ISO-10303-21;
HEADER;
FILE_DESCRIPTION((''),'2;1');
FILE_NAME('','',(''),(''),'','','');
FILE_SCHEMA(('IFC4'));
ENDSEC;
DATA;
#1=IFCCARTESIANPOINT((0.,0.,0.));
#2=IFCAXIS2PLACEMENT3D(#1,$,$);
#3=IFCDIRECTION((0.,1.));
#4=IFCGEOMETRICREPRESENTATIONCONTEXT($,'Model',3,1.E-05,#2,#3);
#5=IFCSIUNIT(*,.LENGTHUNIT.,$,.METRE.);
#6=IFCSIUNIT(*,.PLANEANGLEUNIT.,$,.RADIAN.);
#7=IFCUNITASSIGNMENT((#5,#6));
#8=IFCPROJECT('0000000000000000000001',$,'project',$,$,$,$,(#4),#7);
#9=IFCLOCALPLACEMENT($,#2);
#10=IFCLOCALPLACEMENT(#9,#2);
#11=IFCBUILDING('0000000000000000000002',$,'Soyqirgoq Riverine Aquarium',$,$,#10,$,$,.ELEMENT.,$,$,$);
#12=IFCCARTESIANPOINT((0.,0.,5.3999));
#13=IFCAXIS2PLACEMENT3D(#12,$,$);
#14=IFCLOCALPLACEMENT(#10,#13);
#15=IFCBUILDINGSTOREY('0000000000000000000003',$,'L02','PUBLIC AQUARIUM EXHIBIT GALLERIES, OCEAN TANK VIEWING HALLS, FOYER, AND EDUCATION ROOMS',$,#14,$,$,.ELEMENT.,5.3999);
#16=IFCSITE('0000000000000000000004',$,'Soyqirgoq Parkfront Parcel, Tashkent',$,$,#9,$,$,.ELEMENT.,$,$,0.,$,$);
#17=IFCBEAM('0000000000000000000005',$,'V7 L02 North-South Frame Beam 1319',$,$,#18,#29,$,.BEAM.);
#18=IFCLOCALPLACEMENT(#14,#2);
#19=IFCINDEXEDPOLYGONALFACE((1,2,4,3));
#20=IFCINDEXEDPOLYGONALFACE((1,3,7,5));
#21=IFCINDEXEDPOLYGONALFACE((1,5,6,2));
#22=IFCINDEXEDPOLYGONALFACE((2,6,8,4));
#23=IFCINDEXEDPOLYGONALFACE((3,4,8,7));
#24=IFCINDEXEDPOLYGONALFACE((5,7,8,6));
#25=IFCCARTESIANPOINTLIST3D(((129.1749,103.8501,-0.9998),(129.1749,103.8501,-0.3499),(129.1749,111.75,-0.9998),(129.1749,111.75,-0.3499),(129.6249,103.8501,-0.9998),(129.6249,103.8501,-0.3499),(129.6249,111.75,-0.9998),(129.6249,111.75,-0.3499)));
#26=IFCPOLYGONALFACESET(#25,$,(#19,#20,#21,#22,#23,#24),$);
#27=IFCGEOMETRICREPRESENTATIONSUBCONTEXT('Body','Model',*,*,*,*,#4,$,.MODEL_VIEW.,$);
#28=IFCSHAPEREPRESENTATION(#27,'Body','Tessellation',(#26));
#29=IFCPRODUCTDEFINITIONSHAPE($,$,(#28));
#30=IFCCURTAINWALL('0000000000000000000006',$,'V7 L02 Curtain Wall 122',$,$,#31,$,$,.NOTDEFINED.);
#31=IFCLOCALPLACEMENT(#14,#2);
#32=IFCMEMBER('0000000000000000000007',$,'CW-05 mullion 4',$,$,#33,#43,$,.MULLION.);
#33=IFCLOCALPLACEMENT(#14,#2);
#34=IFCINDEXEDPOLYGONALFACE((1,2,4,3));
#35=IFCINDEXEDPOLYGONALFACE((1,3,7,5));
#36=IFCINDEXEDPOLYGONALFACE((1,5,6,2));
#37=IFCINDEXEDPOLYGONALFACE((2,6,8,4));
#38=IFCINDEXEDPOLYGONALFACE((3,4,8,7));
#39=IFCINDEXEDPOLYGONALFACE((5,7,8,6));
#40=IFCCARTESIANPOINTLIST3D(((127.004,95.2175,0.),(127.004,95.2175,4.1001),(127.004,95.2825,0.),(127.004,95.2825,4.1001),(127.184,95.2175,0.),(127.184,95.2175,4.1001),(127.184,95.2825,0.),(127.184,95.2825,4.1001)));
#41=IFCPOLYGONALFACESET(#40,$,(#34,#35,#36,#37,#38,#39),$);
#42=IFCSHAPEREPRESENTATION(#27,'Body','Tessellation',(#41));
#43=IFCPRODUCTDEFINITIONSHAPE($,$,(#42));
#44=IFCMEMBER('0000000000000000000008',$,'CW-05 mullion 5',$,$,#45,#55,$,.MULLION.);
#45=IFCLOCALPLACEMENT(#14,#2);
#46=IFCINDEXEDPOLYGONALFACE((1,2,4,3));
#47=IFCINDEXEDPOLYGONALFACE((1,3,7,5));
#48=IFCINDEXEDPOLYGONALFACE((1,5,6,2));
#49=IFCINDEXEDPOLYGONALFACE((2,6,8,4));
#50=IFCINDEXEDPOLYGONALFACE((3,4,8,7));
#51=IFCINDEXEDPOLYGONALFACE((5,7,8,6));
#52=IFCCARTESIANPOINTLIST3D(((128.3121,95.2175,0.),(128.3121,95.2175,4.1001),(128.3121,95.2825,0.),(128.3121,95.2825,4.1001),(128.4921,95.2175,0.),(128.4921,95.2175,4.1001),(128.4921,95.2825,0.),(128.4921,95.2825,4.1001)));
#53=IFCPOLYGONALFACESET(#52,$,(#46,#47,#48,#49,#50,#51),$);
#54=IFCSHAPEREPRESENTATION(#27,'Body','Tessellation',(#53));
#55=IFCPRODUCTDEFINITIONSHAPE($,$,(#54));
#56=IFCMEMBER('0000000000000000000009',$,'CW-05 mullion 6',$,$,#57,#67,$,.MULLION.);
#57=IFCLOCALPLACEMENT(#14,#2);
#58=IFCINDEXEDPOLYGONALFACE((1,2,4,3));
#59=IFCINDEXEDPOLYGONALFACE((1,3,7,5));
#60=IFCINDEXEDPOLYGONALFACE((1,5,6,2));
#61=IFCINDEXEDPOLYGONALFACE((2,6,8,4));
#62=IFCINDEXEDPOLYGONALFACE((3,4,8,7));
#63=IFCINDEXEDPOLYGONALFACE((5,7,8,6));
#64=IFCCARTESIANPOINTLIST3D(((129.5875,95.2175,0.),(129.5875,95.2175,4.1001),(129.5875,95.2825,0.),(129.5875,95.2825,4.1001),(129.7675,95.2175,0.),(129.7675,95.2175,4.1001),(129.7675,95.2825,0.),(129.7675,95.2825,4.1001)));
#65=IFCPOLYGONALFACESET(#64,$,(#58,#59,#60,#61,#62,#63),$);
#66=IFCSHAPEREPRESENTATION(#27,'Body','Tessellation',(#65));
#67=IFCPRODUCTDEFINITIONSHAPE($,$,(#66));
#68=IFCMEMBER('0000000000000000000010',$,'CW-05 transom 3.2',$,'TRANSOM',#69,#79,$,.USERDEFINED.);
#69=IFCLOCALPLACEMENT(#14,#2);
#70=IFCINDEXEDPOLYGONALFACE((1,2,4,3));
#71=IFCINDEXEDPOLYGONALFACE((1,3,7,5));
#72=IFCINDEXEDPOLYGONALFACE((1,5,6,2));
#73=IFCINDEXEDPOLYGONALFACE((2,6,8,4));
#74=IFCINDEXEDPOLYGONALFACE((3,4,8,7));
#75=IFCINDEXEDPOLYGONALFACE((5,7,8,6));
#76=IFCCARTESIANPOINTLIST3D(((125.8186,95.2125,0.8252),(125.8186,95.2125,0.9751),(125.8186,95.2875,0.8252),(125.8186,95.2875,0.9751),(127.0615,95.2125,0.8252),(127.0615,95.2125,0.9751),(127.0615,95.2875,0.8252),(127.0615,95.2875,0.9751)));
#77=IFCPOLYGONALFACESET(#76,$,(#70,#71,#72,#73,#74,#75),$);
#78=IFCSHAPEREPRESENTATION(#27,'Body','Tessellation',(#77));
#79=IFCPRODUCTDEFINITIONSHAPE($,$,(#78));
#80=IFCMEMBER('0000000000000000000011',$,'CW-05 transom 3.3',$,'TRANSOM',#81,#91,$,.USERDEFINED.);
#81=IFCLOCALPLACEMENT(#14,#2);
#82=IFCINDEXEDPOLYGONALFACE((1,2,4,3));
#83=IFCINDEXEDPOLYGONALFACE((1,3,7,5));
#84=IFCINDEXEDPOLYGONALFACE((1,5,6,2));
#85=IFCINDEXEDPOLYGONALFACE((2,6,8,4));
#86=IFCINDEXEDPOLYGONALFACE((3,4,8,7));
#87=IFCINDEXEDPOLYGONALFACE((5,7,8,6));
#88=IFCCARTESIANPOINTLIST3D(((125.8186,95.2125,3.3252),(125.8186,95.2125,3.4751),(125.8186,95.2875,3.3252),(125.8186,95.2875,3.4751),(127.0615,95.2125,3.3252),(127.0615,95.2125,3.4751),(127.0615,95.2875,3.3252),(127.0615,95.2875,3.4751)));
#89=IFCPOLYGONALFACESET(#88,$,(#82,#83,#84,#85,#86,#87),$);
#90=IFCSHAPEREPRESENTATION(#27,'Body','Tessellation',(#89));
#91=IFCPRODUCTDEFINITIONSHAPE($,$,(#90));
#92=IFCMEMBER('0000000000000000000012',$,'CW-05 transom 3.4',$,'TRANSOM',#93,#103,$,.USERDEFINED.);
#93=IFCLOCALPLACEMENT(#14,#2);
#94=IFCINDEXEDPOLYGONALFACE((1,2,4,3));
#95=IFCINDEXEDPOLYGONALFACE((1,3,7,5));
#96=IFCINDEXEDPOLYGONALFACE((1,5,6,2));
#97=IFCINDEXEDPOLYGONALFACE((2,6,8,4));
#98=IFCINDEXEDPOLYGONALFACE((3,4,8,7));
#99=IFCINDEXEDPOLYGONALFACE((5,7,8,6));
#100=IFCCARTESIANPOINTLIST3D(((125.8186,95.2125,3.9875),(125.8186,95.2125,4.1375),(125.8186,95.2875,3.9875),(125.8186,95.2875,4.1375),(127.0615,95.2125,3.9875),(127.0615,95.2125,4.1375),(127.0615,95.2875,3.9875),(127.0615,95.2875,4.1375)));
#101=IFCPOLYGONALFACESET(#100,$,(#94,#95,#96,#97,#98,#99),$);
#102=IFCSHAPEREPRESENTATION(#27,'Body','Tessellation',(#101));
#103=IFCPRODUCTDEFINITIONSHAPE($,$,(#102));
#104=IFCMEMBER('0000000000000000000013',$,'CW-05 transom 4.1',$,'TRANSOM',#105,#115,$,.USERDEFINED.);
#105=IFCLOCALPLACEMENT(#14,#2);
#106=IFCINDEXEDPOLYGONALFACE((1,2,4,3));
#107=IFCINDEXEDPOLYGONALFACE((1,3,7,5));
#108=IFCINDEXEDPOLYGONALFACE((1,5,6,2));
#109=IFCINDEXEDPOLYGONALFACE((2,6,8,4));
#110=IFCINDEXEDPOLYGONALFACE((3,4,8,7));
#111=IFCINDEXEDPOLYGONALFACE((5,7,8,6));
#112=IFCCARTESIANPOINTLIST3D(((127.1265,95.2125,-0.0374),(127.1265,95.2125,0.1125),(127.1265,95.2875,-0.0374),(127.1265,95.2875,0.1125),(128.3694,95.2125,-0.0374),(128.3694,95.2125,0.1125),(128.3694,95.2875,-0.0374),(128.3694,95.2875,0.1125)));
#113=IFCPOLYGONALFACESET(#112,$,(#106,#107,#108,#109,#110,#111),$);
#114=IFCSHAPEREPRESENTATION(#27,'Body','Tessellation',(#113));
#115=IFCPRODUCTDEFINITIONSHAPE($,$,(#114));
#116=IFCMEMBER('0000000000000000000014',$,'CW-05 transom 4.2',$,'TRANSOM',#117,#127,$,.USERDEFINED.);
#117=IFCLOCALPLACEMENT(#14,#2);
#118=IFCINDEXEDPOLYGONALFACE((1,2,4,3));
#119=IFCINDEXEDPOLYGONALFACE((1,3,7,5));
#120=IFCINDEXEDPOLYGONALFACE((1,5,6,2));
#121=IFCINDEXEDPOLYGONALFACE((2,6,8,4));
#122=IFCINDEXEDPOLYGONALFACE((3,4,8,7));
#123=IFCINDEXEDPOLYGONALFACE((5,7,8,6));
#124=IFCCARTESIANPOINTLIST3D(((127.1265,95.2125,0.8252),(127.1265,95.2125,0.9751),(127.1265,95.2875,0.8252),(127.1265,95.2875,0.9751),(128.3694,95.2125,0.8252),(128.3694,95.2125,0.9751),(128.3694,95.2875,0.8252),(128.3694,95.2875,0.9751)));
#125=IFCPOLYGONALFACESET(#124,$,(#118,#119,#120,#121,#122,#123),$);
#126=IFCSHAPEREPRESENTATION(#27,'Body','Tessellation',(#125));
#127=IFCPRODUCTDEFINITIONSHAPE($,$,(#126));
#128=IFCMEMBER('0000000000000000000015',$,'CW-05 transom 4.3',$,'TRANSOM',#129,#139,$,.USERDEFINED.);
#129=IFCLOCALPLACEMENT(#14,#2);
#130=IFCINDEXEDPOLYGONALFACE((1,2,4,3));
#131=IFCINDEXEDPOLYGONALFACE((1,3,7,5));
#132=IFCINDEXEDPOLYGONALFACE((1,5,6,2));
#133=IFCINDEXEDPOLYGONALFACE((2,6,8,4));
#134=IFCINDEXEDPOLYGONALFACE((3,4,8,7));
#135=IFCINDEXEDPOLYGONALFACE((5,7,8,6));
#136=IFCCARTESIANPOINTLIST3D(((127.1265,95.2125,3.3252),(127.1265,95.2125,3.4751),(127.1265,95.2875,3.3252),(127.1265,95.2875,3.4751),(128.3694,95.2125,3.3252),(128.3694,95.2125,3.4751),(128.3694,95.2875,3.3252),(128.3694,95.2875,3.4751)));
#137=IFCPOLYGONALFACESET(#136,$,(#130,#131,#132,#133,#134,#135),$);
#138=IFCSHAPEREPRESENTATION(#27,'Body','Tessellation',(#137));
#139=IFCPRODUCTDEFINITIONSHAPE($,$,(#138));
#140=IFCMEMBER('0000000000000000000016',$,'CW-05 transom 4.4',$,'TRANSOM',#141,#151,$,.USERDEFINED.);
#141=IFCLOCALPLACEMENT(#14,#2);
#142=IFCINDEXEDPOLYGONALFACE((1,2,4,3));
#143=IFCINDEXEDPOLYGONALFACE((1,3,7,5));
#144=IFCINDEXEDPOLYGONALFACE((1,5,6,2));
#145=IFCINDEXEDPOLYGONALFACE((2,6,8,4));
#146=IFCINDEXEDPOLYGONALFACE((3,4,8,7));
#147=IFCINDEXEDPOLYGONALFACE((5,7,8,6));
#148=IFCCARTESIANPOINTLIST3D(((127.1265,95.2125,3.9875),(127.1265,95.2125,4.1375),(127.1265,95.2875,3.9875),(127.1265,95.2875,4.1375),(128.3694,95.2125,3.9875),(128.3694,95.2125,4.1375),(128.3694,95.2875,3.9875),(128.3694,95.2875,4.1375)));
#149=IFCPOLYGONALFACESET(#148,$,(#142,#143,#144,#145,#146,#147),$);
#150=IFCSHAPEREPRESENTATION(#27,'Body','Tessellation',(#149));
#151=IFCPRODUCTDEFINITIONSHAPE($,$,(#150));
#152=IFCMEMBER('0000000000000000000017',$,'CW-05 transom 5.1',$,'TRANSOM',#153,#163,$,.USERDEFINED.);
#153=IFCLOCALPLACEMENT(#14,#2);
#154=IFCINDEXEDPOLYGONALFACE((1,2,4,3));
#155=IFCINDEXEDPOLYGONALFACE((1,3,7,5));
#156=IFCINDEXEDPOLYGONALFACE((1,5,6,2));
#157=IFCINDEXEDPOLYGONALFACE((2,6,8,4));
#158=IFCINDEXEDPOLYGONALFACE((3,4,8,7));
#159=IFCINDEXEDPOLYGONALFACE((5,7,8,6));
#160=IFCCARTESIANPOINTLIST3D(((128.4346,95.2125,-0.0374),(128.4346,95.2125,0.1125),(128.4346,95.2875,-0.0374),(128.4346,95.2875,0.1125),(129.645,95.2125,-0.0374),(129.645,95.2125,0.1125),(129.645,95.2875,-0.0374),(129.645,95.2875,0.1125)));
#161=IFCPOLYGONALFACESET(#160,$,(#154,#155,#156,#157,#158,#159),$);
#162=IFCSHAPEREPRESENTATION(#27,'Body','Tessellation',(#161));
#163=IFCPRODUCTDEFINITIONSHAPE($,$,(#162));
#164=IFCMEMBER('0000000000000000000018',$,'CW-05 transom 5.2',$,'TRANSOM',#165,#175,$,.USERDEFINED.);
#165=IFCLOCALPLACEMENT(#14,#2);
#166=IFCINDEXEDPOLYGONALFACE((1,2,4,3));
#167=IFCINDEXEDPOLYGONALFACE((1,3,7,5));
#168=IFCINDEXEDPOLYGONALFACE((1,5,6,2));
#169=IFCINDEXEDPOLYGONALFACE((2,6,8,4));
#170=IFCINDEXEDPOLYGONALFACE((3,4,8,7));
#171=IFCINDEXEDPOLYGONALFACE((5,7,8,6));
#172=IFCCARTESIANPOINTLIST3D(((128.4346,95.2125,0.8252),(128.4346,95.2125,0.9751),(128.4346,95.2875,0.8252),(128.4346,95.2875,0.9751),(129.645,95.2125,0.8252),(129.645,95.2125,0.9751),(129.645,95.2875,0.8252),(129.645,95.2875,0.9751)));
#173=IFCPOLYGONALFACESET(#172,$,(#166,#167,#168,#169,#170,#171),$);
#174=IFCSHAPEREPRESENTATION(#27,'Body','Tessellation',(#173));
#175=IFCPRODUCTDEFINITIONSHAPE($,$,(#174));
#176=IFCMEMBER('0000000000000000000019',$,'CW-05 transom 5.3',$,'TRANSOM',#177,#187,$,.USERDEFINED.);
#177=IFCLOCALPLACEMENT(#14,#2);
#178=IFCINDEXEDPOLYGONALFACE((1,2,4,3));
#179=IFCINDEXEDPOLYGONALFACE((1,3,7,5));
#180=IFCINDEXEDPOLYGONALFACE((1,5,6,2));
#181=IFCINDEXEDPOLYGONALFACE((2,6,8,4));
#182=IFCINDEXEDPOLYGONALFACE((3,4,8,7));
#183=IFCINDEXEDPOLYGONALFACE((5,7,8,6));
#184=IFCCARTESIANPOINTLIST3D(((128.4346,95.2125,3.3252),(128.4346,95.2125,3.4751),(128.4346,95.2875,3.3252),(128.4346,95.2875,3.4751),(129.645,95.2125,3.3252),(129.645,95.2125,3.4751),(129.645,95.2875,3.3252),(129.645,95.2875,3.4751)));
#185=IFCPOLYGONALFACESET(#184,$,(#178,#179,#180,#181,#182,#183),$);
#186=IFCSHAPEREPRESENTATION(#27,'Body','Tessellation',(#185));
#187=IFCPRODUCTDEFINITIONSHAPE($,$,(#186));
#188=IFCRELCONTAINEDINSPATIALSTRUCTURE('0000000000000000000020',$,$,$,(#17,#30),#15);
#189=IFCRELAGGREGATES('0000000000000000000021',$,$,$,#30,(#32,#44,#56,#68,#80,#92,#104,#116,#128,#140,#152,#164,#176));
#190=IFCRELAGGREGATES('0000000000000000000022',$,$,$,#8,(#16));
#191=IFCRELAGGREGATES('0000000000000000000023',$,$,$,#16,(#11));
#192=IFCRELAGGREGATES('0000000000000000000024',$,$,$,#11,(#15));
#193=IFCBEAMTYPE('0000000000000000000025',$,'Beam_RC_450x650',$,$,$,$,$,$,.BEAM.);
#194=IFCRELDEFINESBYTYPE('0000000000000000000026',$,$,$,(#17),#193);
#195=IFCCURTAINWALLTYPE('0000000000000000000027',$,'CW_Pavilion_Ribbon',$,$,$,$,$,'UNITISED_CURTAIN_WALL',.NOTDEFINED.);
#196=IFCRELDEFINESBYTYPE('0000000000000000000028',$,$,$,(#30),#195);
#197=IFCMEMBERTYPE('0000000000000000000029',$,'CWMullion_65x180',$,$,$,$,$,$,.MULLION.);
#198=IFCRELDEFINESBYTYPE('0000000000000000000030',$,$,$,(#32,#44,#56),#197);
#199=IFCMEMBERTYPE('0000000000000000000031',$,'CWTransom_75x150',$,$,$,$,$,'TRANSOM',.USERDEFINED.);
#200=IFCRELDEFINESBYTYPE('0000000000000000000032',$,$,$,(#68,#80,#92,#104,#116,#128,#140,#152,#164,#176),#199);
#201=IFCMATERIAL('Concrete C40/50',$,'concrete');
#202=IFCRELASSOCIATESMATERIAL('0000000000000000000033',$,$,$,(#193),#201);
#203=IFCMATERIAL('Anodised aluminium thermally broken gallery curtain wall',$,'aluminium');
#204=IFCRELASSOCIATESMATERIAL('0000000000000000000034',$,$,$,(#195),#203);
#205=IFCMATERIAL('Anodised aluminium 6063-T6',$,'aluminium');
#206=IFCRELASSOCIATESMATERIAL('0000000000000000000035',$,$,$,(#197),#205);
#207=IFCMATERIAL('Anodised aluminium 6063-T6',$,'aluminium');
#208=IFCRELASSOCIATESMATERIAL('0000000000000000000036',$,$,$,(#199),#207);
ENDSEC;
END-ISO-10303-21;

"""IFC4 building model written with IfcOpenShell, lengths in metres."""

from ifc_helpers import new_model, si_unit, direction, frame, origin, origin_2d, place, context, subcontext, project, spatial, rectangle, extrude, material, material_profile, profile_set, type_object, element, aggregate, save


model = new_model("IFC4")

# Units and contexts
model_context = context("Model", 3, precision=1e-05, world=origin(), true_north=direction((0.0, 1.0)))
body_context = subcontext(model_context, "Body", "Model", "MODEL_VIEW")
ifc_project = project(units=[si_unit("LENGTHUNIT", "METRE"), si_unit("PLANEANGLEUNIT", "RADIAN")], contexts=[model_context])

# Site, building, storey
site_placement = place(None, origin())
site = spatial("IfcSite", under=ifc_project, at=site_placement, Name="Soyqirgoq Parkfront Parcel, Tashkent", CompositionType="ELEMENT", RefElevation=0.0)
building_placement = place(site_placement, origin())
building = spatial("IfcBuilding", under=site, at=building_placement, Name="Soyqirgoq Riverine Aquarium", CompositionType="ELEMENT")
storey_placement = place(building_placement, frame((0.0, 0.0, 5.3999)))
storey = spatial("IfcBuildingStorey", under=building, at=storey_placement, Name="L02", Description="PUBLIC AQUARIUM EXHIBIT GALLERIES, OCEAN TANK VIEWING HALLS, FOYER, AND EDUCATION ROOMS", CompositionType="ELEMENT", Elevation=5.3999)

# Beam
ifc_material_1 = material(Name="Concrete C40/50", Category="concrete")
ifc_material_profile_1 = material_profile(ifc_material_1, rectangle(XDim=0.45, YDim=0.6499, at=origin_2d()), Name="RC 450x650")
ifc_profile_set_1 = profile_set([ifc_material_profile_1], Name="Concrete C40/50")
beam_type = type_object("IfcBeamType", Name="Beam_RC_450x650", PredefinedType="BEAM", material=ifc_profile_set_1)
beam_placement = place(storey_placement, frame((129.3999, 103.8501, -0.6748), z_axis=(0.0, 1.0, 0.0), x_axis=(-1.0, 0.0, 0.0)))
element("IfcBeam", 1, at=beam_placement, inside=storey, type_object=beam_type, Name="V7 L02 North-South Frame Beam 1319", PredefinedType="BEAM", context=body_context, shape_type="SweptSolid", body=[
    extrude(rectangle(XDim=0.45, YDim=0.6499, at=origin_2d()), origin(), (0.0, 0.0, 1.0), 7.8999),
])

# Curtain wall, members
ifc_material_2 = material(Name="Anodised aluminium thermally broken gallery curtain wall", Category="aluminium")
curtain_wall_type = type_object("IfcCurtainWallType", Name="CW_Pavilion_Ribbon", ElementType="UNITISED_CURTAIN_WALL", PredefinedType="NOTDEFINED", material=ifc_material_2)
curtain_wall_placement = place(storey_placement, origin())
curtain_wall = element("IfcCurtainWall", 2, at=curtain_wall_placement, inside=storey, type_object=curtain_wall_type, Name="V7 L02 Curtain Wall 122", PredefinedType="NOTDEFINED")
ifc_material_3 = material(Name="Anodised aluminium 6063-T6", Category="aluminium")
ifc_material_profile_2 = material_profile(ifc_material_3, rectangle(XDim=0.0649, YDim=0.1799, at=origin_2d()), Name="ALU-M 65x180")
ifc_profile_set_2 = profile_set([ifc_material_profile_2], Name="Anodised aluminium 6063-T6")
member_type_1 = type_object("IfcMemberType", Name="CWMullion_65x180", PredefinedType="MULLION", material=ifc_profile_set_2)
member_1_placement = place(storey_placement, frame((127.094, 95.25, 0.0), z_axis=(0.0, 0.0, 1.0), x_axis=(0.0, 1.0, 0.0)))
member_1 = element("IfcMember", 3, at=member_1_placement, type_object=member_type_1, Name="CW-05 mullion 4", PredefinedType="MULLION", context=body_context, shape_type="SweptSolid", body=[
    extrude(rectangle(XDim=0.0649, YDim=0.1799, at=origin_2d()), origin(), (0.0, 0.0, 1.0), 4.1001),
])
member_2_placement = place(storey_placement, frame((128.4021, 95.25, 0.0), z_axis=(0.0, 0.0, 1.0), x_axis=(0.0, 1.0, 0.0)))
member_2 = element("IfcMember", 4, at=member_2_placement, type_object=member_type_1, Name="CW-05 mullion 5", PredefinedType="MULLION", context=body_context, shape_type="SweptSolid", body=[
    extrude(rectangle(XDim=0.0649, YDim=0.1799, at=origin_2d()), origin(), (0.0, 0.0, 1.0), 4.1001),
])
member_3_placement = place(storey_placement, frame((129.6775, 95.25, 0.0), z_axis=(0.0, 0.0, 1.0), x_axis=(0.0, 1.0, 0.0)))
member_3 = element("IfcMember", 5, at=member_3_placement, type_object=member_type_1, Name="CW-05 mullion 6", PredefinedType="MULLION", context=body_context, shape_type="SweptSolid", body=[
    extrude(rectangle(XDim=0.0649, YDim=0.1799, at=origin_2d()), origin(), (0.0, 0.0, 1.0), 4.1001),
])
ifc_material_4 = material(Name="Anodised aluminium 6063-T6", Category="aluminium")
ifc_material_profile_3 = material_profile(ifc_material_4, rectangle(XDim=0.075, YDim=0.1499, at=origin_2d()), Name="ALU-T 75x150")
ifc_profile_set_3 = profile_set([ifc_material_profile_3], Name="Anodised aluminium 6063-T6")
member_type_2 = type_object("IfcMemberType", Name="CWTransom_75x150", ElementType="TRANSOM", PredefinedType="USERDEFINED", material=ifc_profile_set_3)
member_4_placement = place(storey_placement, frame((125.8186, 95.25, 0.9001), z_axis=(1.0, 0.0, 0.0), x_axis=(0.0, 1.0, 0.0)))
member_4 = element("IfcMember", 6, at=member_4_placement, type_object=member_type_2, Name="CW-05 transom 3.2", ObjectType="TRANSOM", PredefinedType="USERDEFINED", context=body_context, shape_type="SweptSolid", body=[
    extrude(rectangle(XDim=0.075, YDim=0.1499, at=origin_2d()), origin(), (0.0, 0.0, 1.0), 1.2429),
])
member_5_placement = place(storey_placement, frame((125.8186, 95.25, 3.4001), z_axis=(1.0, 0.0, 0.0), x_axis=(0.0, 1.0, 0.0)))
member_5 = element("IfcMember", 7, at=member_5_placement, type_object=member_type_2, Name="CW-05 transom 3.3", ObjectType="TRANSOM", PredefinedType="USERDEFINED", context=body_context, shape_type="SweptSolid", body=[
    extrude(rectangle(XDim=0.075, YDim=0.1499, at=origin_2d()), origin(), (0.0, 0.0, 1.0), 1.2429),
])
member_6_placement = place(storey_placement, frame((125.8186, 95.25, 4.0625), z_axis=(1.0, 0.0, 0.0), x_axis=(0.0, 1.0, 0.0)))
member_6 = element("IfcMember", 8, at=member_6_placement, type_object=member_type_2, Name="CW-05 transom 3.4", ObjectType="TRANSOM", PredefinedType="USERDEFINED", context=body_context, shape_type="SweptSolid", body=[
    extrude(rectangle(XDim=0.075, YDim=0.1499, at=origin_2d()), origin(), (0.0, 0.0, 1.0), 1.2429),
])
member_7_placement = place(storey_placement, frame((127.1265, 95.25, 0.0376), z_axis=(1.0, 0.0, 0.0), x_axis=(0.0, 1.0, 0.0)))
member_7 = element("IfcMember", 9, at=member_7_placement, type_object=member_type_2, Name="CW-05 transom 4.1", ObjectType="TRANSOM", PredefinedType="USERDEFINED", context=body_context, shape_type="SweptSolid", body=[
    extrude(rectangle(XDim=0.075, YDim=0.1499, at=origin_2d()), origin(), (0.0, 0.0, 1.0), 1.2429),
])
member_8_placement = place(storey_placement, frame((127.1265, 95.25, 0.9001), z_axis=(1.0, 0.0, 0.0), x_axis=(0.0, 1.0, 0.0)))
member_8 = element("IfcMember", 10, at=member_8_placement, type_object=member_type_2, Name="CW-05 transom 4.2", ObjectType="TRANSOM", PredefinedType="USERDEFINED", context=body_context, shape_type="SweptSolid", body=[
    extrude(rectangle(XDim=0.075, YDim=0.1499, at=origin_2d()), origin(), (0.0, 0.0, 1.0), 1.2429),
])
member_9_placement = place(storey_placement, frame((127.1265, 95.25, 3.4001), z_axis=(1.0, 0.0, 0.0), x_axis=(0.0, 1.0, 0.0)))
member_9 = element("IfcMember", 11, at=member_9_placement, type_object=member_type_2, Name="CW-05 transom 4.3", ObjectType="TRANSOM", PredefinedType="USERDEFINED", context=body_context, shape_type="SweptSolid", body=[
    extrude(rectangle(XDim=0.075, YDim=0.1499, at=origin_2d()), origin(), (0.0, 0.0, 1.0), 1.2429),
])
member_10_placement = place(storey_placement, frame((127.1265, 95.25, 4.0625), z_axis=(1.0, 0.0, 0.0), x_axis=(0.0, 1.0, 0.0)))
member_10 = element("IfcMember", 12, at=member_10_placement, type_object=member_type_2, Name="CW-05 transom 4.4", ObjectType="TRANSOM", PredefinedType="USERDEFINED", context=body_context, shape_type="SweptSolid", body=[
    extrude(rectangle(XDim=0.075, YDim=0.1499, at=origin_2d()), origin(), (0.0, 0.0, 1.0), 1.2429),
])
member_11_placement = place(storey_placement, frame((128.4346, 95.25, 0.0376), z_axis=(1.0, 0.0, 0.0), x_axis=(0.0, 1.0, 0.0)))
member_11 = element("IfcMember", 13, at=member_11_placement, type_object=member_type_2, Name="CW-05 transom 5.1", ObjectType="TRANSOM", PredefinedType="USERDEFINED", context=body_context, shape_type="SweptSolid", body=[
    extrude(rectangle(XDim=0.075, YDim=0.1499, at=origin_2d()), origin(), (0.0, 0.0, 1.0), 1.2104),
])
member_12_placement = place(storey_placement, frame((128.4346, 95.25, 0.9001), z_axis=(1.0, 0.0, 0.0), x_axis=(0.0, 1.0, 0.0)))
member_12 = element("IfcMember", 14, at=member_12_placement, type_object=member_type_2, Name="CW-05 transom 5.2", ObjectType="TRANSOM", PredefinedType="USERDEFINED", context=body_context, shape_type="SweptSolid", body=[
    extrude(rectangle(XDim=0.075, YDim=0.1499, at=origin_2d()), origin(), (0.0, 0.0, 1.0), 1.2104),
])
member_13_placement = place(storey_placement, frame((128.4346, 95.25, 3.4001), z_axis=(1.0, 0.0, 0.0), x_axis=(0.0, 1.0, 0.0)))
member_13 = element("IfcMember", 15, at=member_13_placement, type_object=member_type_2, Name="CW-05 transom 5.3", ObjectType="TRANSOM", PredefinedType="USERDEFINED", context=body_context, shape_type="SweptSolid", body=[
    extrude(rectangle(XDim=0.075, YDim=0.1499, at=origin_2d()), origin(), (0.0, 0.0, 1.0), 1.2104),
])
aggregate(curtain_wall, [member_1, member_2, member_3, member_4, member_5, member_6, member_7, member_8, member_9, member_10, member_11, member_12, member_13])

save(model, "model.ifc")
